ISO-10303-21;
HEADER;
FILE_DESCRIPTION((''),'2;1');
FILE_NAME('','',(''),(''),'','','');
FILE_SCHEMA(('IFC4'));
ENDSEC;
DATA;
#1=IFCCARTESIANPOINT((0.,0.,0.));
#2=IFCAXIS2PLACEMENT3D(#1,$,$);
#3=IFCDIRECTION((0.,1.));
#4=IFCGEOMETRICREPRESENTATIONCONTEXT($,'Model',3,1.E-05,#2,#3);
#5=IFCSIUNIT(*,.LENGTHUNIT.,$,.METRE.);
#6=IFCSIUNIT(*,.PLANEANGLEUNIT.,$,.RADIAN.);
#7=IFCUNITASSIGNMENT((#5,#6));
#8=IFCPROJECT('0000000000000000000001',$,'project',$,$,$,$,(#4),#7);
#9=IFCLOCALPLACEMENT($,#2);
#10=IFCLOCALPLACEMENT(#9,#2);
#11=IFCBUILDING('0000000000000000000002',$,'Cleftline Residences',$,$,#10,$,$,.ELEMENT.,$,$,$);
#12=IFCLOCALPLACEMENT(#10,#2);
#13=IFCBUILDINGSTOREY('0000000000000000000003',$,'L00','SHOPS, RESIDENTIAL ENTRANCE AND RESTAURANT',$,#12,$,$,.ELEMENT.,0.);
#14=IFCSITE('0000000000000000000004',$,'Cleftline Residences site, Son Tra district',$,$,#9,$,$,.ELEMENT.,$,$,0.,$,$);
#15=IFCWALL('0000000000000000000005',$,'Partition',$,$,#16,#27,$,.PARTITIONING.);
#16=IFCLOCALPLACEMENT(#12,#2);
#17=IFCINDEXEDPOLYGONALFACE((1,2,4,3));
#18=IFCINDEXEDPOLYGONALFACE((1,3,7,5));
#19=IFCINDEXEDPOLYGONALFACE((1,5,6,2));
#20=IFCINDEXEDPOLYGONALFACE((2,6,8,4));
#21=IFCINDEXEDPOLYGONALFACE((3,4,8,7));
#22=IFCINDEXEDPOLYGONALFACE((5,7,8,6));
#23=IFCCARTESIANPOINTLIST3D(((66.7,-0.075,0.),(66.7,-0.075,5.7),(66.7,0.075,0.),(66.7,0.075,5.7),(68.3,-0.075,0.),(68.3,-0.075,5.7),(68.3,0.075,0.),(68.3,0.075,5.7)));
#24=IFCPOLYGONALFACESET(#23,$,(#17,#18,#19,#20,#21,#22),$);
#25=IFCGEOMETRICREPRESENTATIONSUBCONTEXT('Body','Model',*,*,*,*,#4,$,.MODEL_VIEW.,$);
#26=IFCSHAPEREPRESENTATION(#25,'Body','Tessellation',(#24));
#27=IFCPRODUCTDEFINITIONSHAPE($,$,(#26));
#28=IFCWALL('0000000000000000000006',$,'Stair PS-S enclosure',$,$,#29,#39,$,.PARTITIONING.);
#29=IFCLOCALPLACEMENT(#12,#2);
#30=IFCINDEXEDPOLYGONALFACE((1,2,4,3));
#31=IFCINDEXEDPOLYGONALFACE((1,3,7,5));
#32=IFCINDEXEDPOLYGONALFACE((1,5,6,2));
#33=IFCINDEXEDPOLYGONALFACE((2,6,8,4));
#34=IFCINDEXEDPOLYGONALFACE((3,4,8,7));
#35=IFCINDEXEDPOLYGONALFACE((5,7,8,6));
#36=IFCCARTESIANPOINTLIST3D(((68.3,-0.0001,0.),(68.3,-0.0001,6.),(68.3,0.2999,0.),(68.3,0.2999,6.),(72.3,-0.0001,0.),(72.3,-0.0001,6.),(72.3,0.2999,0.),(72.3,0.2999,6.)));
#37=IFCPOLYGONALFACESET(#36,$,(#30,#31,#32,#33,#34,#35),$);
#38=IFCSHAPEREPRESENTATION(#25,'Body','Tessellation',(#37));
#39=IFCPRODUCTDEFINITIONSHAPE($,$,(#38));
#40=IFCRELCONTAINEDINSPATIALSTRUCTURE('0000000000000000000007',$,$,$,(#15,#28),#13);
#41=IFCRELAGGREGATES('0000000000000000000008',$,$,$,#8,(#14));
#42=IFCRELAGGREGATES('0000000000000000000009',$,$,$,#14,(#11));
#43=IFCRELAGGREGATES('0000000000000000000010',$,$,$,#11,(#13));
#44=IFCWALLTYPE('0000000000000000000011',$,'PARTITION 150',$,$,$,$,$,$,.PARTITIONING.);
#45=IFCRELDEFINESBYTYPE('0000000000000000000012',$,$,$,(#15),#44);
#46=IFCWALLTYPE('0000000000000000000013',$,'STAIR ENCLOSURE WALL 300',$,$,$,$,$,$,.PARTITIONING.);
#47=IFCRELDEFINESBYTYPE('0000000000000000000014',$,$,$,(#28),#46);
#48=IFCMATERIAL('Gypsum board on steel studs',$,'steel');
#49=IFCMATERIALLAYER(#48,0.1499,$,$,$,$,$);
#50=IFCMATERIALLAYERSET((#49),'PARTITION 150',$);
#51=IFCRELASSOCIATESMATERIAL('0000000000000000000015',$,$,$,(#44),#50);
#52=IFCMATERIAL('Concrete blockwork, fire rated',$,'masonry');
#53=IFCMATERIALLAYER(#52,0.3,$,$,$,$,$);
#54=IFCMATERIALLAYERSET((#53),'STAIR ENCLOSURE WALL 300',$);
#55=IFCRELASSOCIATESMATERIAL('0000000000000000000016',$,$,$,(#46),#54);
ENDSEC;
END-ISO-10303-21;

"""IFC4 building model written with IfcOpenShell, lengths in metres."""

from ifc_helpers import new_model, si_unit, direction, frame, frame_2d, origin, place, context, subcontext, project, spatial, rectangle, extrude, material, layer, layer_set, type_object, element, save


model = new_model("IFC4")

# Units and contexts
model_context = context("Model", 3, precision=1e-05, world=origin(), true_north=direction((0.0, 1.0)))
body_context = subcontext(model_context, "Body", "Model", "MODEL_VIEW")
ifc_project = project(units=[si_unit("LENGTHUNIT", "METRE"), si_unit("PLANEANGLEUNIT", "RADIAN")], contexts=[model_context])

# Site, building, storey
site_placement = place(None, origin())
site = spatial("IfcSite", under=ifc_project, at=site_placement, Name="Cleftline Residences site, Son Tra district", CompositionType="ELEMENT", RefElevation=0.0)
building_placement = place(site_placement, origin())
building = spatial("IfcBuilding", under=site, at=building_placement, Name="Cleftline Residences", CompositionType="ELEMENT")
storey_placement = place(building_placement, origin())
storey = spatial("IfcBuildingStorey", under=building, at=storey_placement, Name="L00", Description="SHOPS, RESIDENTIAL ENTRANCE AND RESTAURANT", CompositionType="ELEMENT", Elevation=0.0)

# Walls
ifc_material_1 = material(Name="Gypsum board on steel studs", Category="steel")
ifc_layer_1 = layer(ifc_material_1, 0.1499)
ifc_layer_set_1 = layer_set([ifc_layer_1], Name="PARTITION 150")
wall_type_1 = type_object("IfcWallType", Name="PARTITION 150", PredefinedType="PARTITIONING", material=ifc_layer_set_1)
wall_1_placement = place(storey_placement, frame((66.7, 0.0, 0.0), z_axis=(0.0, 0.0, 1.0), x_axis=(1.0, 0.0, 0.0)))
element("IfcWall", 1, at=wall_1_placement, inside=storey, type_object=wall_type_1, Name="Partition", PredefinedType="PARTITIONING", context=body_context, shape_type="SweptSolid", body=[
    extrude(rectangle(XDim=1.6001, YDim=0.1499, at=frame_2d((0.8, 0.0))), origin(), (0.0, 0.0, 1.0), 5.7),
])
ifc_material_2 = material(Name="Concrete blockwork, fire rated", Category="masonry")
ifc_layer_2 = layer(ifc_material_2, 0.3)
ifc_layer_set_2 = layer_set([ifc_layer_2], Name="STAIR ENCLOSURE WALL 300")
wall_type_2 = type_object("IfcWallType", Name="STAIR ENCLOSURE WALL 300", PredefinedType="PARTITIONING", material=ifc_layer_set_2)
wall_2_placement = place(storey_placement, frame((68.3, 0.1499, 0.0), z_axis=(0.0, 0.0, 1.0), x_axis=(1.0, 0.0, 0.0)))
element("IfcWall", 2, at=wall_2_placement, inside=storey, type_object=wall_type_2, Name="Stair PS-S enclosure", PredefinedType="PARTITIONING", context=body_context, shape_type="SweptSolid", body=[
    extrude(rectangle(XDim=4.0, YDim=0.3, at=frame_2d((2.0, 0.0))), origin(), (0.0, 0.0, 1.0), 6.0),
])

save(model, "model.ifc")
